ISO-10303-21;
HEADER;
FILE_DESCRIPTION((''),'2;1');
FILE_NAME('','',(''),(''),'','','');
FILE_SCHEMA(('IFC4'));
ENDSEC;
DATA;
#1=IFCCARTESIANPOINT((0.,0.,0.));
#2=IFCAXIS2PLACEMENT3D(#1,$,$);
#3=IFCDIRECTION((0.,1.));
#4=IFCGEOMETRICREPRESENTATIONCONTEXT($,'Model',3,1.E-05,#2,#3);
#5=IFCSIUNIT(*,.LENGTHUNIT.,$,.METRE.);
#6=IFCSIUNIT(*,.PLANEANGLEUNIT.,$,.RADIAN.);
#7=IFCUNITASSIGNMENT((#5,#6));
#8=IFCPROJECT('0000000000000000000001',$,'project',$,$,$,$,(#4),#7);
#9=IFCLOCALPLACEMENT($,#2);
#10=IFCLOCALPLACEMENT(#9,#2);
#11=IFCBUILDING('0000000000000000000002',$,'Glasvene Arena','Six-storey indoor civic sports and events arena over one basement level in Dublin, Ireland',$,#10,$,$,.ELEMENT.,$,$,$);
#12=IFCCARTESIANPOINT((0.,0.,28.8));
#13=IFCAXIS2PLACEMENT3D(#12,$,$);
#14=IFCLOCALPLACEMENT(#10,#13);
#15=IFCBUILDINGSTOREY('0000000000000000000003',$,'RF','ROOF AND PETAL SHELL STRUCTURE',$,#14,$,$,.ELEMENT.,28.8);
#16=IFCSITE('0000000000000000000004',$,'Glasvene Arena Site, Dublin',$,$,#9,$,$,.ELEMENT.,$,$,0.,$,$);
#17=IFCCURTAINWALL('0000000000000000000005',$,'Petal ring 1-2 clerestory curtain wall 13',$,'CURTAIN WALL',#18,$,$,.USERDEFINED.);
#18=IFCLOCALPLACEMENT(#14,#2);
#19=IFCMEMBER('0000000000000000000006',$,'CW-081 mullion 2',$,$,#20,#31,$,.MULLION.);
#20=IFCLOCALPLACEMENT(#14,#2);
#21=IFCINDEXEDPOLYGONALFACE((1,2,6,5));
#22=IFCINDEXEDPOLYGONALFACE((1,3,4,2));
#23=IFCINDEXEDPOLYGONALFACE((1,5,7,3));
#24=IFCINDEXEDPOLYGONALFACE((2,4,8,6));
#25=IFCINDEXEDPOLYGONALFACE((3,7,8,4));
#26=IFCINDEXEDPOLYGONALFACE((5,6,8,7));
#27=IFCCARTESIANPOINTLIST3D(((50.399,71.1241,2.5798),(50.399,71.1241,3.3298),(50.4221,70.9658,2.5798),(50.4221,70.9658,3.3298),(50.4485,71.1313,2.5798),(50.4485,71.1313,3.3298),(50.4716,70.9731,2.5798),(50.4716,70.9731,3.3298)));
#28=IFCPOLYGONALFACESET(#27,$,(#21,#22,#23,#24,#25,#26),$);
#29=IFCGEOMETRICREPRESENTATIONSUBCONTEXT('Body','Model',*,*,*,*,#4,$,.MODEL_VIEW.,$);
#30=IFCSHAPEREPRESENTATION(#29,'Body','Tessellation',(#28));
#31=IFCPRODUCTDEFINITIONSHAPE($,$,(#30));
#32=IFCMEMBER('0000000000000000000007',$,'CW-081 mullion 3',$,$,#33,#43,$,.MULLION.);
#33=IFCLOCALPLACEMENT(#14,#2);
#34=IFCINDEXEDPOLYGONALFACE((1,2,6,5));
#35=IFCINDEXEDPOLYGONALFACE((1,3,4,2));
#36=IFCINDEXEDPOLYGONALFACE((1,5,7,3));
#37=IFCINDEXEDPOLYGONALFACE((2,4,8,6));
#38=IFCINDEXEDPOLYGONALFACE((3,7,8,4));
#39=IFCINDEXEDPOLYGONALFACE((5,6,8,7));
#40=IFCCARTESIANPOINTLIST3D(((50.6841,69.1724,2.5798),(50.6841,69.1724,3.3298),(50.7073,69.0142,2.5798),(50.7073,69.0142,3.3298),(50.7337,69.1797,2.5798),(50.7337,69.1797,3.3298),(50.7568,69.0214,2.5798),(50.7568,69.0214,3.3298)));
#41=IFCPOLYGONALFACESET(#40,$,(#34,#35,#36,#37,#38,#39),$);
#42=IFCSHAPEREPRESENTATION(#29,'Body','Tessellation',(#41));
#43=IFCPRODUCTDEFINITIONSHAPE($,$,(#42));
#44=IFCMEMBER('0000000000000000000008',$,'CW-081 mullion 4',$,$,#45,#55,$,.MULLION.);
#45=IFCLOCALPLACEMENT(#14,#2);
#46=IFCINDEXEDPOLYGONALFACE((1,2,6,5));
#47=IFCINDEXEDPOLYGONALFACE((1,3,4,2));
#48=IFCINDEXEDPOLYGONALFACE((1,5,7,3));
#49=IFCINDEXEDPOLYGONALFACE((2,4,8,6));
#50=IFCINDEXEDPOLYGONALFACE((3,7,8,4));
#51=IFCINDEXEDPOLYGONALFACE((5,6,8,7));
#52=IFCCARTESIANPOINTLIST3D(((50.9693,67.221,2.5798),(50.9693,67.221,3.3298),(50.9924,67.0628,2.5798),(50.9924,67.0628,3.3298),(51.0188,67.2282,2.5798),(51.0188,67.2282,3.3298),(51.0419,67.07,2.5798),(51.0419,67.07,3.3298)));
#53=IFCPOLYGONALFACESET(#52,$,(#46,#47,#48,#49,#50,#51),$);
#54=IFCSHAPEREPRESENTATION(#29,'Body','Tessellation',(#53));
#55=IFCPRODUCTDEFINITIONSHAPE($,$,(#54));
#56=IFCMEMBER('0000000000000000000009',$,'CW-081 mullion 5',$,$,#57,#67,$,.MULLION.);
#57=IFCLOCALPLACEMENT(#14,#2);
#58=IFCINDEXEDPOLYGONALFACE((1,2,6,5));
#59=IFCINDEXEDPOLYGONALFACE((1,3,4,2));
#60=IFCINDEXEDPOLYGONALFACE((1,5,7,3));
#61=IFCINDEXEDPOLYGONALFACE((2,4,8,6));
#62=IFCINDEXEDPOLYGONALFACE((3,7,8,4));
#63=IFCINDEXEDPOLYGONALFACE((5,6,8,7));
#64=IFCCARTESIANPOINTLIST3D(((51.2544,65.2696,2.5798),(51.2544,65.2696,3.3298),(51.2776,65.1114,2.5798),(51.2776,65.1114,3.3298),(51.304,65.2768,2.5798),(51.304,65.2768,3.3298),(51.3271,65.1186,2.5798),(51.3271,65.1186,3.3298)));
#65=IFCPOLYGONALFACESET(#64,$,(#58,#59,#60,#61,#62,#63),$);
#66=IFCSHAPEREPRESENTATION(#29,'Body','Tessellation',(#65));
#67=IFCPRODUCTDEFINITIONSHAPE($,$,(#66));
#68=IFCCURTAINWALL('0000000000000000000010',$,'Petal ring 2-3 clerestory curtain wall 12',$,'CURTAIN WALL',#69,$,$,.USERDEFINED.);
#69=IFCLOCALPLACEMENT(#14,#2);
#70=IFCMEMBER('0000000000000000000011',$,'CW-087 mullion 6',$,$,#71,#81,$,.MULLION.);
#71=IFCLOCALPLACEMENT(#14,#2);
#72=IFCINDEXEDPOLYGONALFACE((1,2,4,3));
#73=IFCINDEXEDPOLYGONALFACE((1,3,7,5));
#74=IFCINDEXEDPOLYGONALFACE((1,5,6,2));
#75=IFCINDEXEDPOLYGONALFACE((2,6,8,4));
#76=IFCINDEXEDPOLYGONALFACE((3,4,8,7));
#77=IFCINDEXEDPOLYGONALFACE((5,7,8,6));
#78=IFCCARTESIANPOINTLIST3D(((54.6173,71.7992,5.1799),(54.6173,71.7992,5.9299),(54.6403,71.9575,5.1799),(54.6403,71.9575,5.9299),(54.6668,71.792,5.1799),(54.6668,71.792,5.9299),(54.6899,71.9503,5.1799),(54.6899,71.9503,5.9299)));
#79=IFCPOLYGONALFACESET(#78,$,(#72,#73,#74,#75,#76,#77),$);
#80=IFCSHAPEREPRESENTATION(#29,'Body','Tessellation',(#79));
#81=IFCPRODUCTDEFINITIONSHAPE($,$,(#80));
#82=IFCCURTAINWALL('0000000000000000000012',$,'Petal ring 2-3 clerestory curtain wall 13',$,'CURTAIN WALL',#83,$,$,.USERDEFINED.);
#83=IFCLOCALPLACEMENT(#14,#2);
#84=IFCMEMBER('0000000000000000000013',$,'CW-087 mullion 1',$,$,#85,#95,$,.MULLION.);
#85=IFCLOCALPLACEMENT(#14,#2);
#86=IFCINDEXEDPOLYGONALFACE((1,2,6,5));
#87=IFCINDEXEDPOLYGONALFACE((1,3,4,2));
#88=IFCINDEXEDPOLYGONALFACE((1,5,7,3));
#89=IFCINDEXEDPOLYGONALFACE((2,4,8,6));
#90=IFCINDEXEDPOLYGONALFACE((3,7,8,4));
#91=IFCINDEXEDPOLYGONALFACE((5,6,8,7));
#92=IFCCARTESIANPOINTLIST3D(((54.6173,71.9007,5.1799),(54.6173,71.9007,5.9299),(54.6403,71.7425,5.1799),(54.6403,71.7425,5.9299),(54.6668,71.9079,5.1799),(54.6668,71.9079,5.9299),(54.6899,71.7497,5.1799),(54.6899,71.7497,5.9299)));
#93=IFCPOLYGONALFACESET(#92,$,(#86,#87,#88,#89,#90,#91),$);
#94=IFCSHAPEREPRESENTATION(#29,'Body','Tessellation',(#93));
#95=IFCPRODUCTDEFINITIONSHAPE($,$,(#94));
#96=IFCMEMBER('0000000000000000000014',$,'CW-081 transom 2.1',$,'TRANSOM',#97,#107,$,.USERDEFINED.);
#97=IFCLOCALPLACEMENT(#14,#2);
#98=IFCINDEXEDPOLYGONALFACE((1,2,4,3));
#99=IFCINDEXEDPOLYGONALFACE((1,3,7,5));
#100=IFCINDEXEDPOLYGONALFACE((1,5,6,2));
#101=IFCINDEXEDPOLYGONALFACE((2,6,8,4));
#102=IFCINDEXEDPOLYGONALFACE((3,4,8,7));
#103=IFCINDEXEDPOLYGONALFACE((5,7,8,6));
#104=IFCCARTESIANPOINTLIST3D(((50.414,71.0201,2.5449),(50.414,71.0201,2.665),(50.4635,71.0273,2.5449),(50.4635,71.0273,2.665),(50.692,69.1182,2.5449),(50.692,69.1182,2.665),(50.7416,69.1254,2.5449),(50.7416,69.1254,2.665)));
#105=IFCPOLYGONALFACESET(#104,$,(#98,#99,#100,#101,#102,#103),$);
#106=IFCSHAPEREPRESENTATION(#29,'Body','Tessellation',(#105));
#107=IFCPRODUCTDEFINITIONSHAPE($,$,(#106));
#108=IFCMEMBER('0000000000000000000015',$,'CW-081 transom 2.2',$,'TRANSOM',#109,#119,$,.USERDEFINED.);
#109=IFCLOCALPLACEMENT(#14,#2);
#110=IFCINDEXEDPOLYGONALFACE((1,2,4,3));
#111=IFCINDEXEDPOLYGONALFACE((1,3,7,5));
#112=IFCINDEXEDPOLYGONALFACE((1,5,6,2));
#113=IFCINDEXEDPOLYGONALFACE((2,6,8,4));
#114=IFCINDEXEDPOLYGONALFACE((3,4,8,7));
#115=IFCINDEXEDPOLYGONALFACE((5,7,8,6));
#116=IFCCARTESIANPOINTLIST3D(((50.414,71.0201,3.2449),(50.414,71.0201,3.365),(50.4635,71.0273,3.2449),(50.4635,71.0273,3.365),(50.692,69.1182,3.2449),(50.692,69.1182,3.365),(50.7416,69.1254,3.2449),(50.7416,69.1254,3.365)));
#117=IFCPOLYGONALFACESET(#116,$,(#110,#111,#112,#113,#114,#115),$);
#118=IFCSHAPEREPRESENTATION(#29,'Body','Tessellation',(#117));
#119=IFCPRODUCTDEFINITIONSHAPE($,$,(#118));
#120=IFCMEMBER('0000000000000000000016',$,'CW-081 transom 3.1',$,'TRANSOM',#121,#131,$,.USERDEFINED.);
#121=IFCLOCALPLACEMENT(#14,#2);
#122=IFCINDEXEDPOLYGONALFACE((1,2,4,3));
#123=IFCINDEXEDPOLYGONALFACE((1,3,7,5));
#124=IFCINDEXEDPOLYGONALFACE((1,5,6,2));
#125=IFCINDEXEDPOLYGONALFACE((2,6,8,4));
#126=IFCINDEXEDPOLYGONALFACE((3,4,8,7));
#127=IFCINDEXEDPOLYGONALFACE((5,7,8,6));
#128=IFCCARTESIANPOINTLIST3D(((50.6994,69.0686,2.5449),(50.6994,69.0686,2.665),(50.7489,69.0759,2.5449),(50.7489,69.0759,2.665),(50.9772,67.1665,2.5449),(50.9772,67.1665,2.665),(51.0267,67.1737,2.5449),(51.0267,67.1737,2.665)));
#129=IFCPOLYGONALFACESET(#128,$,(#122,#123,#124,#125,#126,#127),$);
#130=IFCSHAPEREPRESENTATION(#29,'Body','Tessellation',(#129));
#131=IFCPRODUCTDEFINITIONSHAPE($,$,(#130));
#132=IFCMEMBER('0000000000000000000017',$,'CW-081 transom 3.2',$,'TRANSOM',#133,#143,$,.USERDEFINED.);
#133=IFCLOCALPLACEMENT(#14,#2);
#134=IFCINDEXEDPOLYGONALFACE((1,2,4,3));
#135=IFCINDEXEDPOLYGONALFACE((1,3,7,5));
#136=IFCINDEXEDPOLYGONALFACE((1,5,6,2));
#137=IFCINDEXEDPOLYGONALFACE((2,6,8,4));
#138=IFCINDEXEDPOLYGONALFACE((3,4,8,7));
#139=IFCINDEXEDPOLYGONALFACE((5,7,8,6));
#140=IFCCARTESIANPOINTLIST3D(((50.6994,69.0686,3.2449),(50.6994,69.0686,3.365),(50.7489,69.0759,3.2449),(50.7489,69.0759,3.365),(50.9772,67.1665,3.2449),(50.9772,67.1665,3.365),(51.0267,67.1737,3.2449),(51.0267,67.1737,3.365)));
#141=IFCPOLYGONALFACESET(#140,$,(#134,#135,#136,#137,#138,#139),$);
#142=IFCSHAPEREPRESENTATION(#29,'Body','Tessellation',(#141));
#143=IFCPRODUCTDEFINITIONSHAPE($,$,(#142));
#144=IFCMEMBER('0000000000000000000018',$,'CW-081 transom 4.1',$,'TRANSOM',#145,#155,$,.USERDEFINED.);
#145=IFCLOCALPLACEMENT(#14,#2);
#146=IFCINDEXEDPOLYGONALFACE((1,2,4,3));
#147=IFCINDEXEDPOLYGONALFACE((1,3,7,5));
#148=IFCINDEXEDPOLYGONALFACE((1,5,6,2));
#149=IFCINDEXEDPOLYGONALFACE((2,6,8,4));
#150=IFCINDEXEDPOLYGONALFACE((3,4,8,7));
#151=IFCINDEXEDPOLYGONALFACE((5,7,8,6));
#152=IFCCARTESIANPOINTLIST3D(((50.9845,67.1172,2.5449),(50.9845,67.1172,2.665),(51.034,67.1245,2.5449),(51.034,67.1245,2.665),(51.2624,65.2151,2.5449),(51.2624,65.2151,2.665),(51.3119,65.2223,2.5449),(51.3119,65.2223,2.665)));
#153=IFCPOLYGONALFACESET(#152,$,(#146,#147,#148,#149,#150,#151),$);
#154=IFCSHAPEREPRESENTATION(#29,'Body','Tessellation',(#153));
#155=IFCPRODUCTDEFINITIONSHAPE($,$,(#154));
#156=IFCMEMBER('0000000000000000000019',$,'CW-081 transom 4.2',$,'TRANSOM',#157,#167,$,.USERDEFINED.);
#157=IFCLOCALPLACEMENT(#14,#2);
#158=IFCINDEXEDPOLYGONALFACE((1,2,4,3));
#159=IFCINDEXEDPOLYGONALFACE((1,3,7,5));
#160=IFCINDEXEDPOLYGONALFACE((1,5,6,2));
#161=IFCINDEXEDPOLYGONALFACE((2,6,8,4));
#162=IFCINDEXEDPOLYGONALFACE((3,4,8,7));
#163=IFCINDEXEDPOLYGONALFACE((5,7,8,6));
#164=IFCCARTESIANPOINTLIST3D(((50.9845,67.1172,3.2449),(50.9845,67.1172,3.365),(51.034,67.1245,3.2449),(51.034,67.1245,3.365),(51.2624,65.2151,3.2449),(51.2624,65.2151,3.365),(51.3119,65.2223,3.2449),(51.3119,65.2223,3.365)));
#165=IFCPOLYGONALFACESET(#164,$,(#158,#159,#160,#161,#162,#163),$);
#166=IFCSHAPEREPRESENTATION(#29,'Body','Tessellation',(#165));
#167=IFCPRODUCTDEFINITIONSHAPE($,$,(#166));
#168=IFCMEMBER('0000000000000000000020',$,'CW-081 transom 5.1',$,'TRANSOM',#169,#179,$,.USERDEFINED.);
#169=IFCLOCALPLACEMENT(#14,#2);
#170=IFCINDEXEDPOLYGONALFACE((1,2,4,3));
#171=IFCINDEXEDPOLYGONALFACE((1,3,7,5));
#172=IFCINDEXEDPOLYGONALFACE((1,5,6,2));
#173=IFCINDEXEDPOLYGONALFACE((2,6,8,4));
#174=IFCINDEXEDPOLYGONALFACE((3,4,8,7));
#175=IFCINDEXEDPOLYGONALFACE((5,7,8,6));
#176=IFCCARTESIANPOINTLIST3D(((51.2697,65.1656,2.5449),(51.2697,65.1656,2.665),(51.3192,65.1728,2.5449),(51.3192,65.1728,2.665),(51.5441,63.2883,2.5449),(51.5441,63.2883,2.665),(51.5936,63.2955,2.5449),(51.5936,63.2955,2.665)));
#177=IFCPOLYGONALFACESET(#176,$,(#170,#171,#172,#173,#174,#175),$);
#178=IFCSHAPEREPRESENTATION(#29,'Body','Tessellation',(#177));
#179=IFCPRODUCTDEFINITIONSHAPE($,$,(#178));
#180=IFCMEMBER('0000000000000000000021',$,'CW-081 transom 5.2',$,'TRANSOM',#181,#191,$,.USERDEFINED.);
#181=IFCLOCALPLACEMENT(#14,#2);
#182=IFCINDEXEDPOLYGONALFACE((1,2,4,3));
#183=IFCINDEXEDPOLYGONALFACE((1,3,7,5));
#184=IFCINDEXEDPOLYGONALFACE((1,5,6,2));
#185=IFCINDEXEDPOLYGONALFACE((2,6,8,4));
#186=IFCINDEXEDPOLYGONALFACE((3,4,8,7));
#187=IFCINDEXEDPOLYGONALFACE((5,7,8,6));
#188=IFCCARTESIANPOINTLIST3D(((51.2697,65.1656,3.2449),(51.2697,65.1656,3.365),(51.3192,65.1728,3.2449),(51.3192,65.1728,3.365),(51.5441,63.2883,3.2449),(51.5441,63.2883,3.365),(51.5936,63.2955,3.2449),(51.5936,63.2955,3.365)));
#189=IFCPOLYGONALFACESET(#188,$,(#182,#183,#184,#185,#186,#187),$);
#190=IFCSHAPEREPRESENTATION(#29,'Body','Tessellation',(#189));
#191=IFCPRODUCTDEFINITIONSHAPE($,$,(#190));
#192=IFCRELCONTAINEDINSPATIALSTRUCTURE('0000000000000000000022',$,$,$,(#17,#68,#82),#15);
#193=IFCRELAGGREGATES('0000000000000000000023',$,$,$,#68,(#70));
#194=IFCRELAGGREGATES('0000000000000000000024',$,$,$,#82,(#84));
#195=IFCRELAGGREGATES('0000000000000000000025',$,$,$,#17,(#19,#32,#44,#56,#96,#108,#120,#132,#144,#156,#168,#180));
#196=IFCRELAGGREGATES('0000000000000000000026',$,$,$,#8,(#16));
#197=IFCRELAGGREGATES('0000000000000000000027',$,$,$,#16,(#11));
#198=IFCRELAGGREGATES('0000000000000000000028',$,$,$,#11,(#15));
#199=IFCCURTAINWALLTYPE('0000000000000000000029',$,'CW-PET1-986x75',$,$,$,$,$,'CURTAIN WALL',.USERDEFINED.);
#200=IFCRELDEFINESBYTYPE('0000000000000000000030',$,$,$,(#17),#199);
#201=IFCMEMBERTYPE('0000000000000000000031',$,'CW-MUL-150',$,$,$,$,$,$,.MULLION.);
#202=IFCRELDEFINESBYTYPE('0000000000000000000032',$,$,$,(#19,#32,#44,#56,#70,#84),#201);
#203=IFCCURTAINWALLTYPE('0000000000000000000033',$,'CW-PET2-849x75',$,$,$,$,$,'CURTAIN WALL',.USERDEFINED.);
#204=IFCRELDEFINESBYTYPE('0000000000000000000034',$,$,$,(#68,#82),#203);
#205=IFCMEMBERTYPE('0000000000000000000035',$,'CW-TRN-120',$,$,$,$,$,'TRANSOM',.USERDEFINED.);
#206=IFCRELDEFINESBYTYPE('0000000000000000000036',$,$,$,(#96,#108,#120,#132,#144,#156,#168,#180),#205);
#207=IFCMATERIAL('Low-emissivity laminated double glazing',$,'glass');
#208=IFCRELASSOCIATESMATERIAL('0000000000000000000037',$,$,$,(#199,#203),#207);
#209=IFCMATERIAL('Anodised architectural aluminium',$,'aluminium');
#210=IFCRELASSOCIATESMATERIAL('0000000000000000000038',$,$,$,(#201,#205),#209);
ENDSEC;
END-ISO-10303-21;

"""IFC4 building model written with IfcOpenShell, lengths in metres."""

from ifc_helpers import new_model, si_unit, direction, frame, origin, origin_2d, place, context, subcontext, project, spatial, rectangle, extrude, material, material_profile, profile_set, type_object, element, aggregate, save


model = new_model("IFC4")

# Units and contexts
model_context = context("Model", 3, precision=1e-05, world=origin(), true_north=direction((0.0, 1.0)))
body_context = subcontext(model_context, "Body", "Model", "MODEL_VIEW")
ifc_project = project(units=[si_unit("LENGTHUNIT", "METRE"), si_unit("PLANEANGLEUNIT", "RADIAN")], contexts=[model_context])

# Site, building, storey
site_placement = place(None, origin())
site = spatial("IfcSite", under=ifc_project, at=site_placement, Name="Glasvene Arena Site, Dublin", CompositionType="ELEMENT", RefElevation=0.0)
building_placement = place(site_placement, origin())
building = spatial("IfcBuilding", under=site, at=building_placement, Name="Glasvene Arena", Description="Six-storey indoor civic sports and events arena over one basement level in Dublin, Ireland", CompositionType="ELEMENT")
storey_placement = place(building_placement, frame((0.0, 0.0, 28.8)))
storey = spatial("IfcBuildingStorey", under=building, at=storey_placement, Name="RF", Description="ROOF AND PETAL SHELL STRUCTURE", CompositionType="ELEMENT", Elevation=28.8)

# Curtain wall, members
ifc_material_1 = material(Name="Low-emissivity laminated double glazing", Category="glass")
curtain_wall_type_1 = type_object("IfcCurtainWallType", Name="CW-PET1-986x75", ElementType="CURTAIN WALL", PredefinedType="USERDEFINED", material=ifc_material_1)
curtain_wall_1_placement = place(storey_placement, frame((50.1499, 73.0, 0.0)))
curtain_wall_1 = element("IfcCurtainWall", 1, at=curtain_wall_1_placement, inside=storey, type_object=curtain_wall_type_1, Name="Petal ring 1-2 clerestory curtain wall 13", ObjectType="CURTAIN WALL", PredefinedType="USERDEFINED")
ifc_material_2 = material(Name="Anodised architectural aluminium", Category="aluminium")
ifc_material_profile_1 = material_profile(ifc_material_2, rectangle(XDim=0.05, YDim=0.1599, at=origin_2d()), Name="ALU MULLION 50x160")
ifc_profile_set_1 = profile_set([ifc_material_profile_1], Name="Anodised architectural aluminium")
member_type_1 = type_object("IfcMemberType", Name="CW-MUL-150", PredefinedType="MULLION", material=ifc_profile_set_1)
member_1_placement = place(storey_placement, frame((50.4353, 71.0486, 2.5798), z_axis=(0.0, 0.0, 1.0), x_axis=(0.989489, 0.144608, 0.0)))
member_1 = element("IfcMember", 2, at=member_1_placement, type_object=member_type_1, Name="CW-081 mullion 2", PredefinedType="MULLION", context=body_context, shape_type="SweptSolid", body=[
    extrude(rectangle(XDim=0.05, YDim=0.1599, at=origin_2d()), origin(), (0.0, 0.0, 1.0), 0.75),
])
member_2_placement = place(storey_placement, frame((50.7205, 69.0969, 2.5798), z_axis=(0.0, 0.0, 1.0), x_axis=(0.989489, 0.144608, 0.0)))
member_2 = element("IfcMember", 3, at=member_2_placement, type_object=member_type_1, Name="CW-081 mullion 3", PredefinedType="MULLION", context=body_context, shape_type="SweptSolid", body=[
    extrude(rectangle(XDim=0.05, YDim=0.1599, at=origin_2d()), origin(), (0.0, 0.0, 1.0), 0.75),
])
member_3_placement = place(storey_placement, frame((51.0056, 67.1455, 2.5798), z_axis=(0.0, 0.0, 1.0), x_axis=(0.989489, 0.144608, 0.0)))
member_3 = element("IfcMember", 4, at=member_3_placement, type_object=member_type_1, Name="CW-081 mullion 4", PredefinedType="MULLION", context=body_context, shape_type="SweptSolid", body=[
    extrude(rectangle(XDim=0.05, YDim=0.1599, at=origin_2d()), origin(), (0.0, 0.0, 1.0), 0.75),
])
member_4_placement = place(storey_placement, frame((51.2908, 65.1941, 2.5798), z_axis=(0.0, 0.0, 1.0), x_axis=(0.989489, 0.144608, 0.0)))
member_4 = element("IfcMember", 5, at=member_4_placement, type_object=member_type_1, Name="CW-081 mullion 5", PredefinedType="MULLION", context=body_context, shape_type="SweptSolid", body=[
    extrude(rectangle(XDim=0.05, YDim=0.1599, at=origin_2d()), origin(), (0.0, 0.0, 1.0), 0.75),
])

# Curtain walls, members
curtain_wall_type_2 = type_object("IfcCurtainWallType", Name="CW-PET2-849x75", ElementType="CURTAIN WALL", PredefinedType="USERDEFINED", material=ifc_material_1)
curtain_wall_2_placement = place(storey_placement, frame((55.8733, 80.2488, 0.0)))
curtain_wall_2 = element("IfcCurtainWall", 6, at=curtain_wall_2_placement, inside=storey, type_object=curtain_wall_type_2, Name="Petal ring 2-3 clerestory curtain wall 12", ObjectType="CURTAIN WALL", PredefinedType="USERDEFINED")
member_5_placement = place(storey_placement, frame((54.6536, 71.8748, 5.1799), z_axis=(0.0, 0.0, 1.0), x_axis=(0.989558, -0.144133, 0.0)))
member_5 = element("IfcMember", 7, at=member_5_placement, type_object=member_type_1, Name="CW-087 mullion 6", PredefinedType="MULLION", context=body_context, shape_type="SweptSolid", body=[
    extrude(rectangle(XDim=0.05, YDim=0.1599, at=origin_2d()), origin(), (0.0, 0.0, 1.0), 0.75),
])
aggregate(curtain_wall_2, [member_5])
curtain_wall_3_placement = place(storey_placement, frame((54.6499, 71.8501, 0.0)))
curtain_wall_3 = element("IfcCurtainWall", 8, at=curtain_wall_3_placement, inside=storey, type_object=curtain_wall_type_2, Name="Petal ring 2-3 clerestory curtain wall 13", ObjectType="CURTAIN WALL", PredefinedType="USERDEFINED")
member_6_placement = place(storey_placement, frame((54.6536, 71.8252, 5.1799), z_axis=(0.0, 0.0, 1.0), x_axis=(0.989558, 0.144133, 0.0)))
member_6 = element("IfcMember", 9, at=member_6_placement, type_object=member_type_1, Name="CW-087 mullion 1", PredefinedType="MULLION", context=body_context, shape_type="SweptSolid", body=[
    extrude(rectangle(XDim=0.05, YDim=0.1599, at=origin_2d()), origin(), (0.0, 0.0, 1.0), 0.75),
])

# Members
ifc_material_profile_2 = material_profile(ifc_material_2, rectangle(XDim=0.05, YDim=0.1201, at=origin_2d()), Name="ALU TRANSOM 50x120")
ifc_profile_set_2 = profile_set([ifc_material_profile_2], Name="Anodised architectural aluminium")
member_type_2 = type_object("IfcMemberType", Name="CW-TRN-120", ElementType="TRANSOM", PredefinedType="USERDEFINED", material=ifc_profile_set_2)
member_7_placement = place(storey_placement, frame((50.4387, 71.0237, 2.605), z_axis=(0.144675, -0.989479, 0.0), x_axis=(0.989479, 0.144675, 0.0)))
member_7 = element("IfcMember", 10, at=member_7_placement, type_object=member_type_2, Name="CW-081 transom 2.1", ObjectType="TRANSOM", PredefinedType="USERDEFINED", context=body_context, shape_type="SweptSolid", body=[
    extrude(rectangle(XDim=0.05, YDim=0.1201, at=origin_2d()), origin(), (0.0, 0.0, 1.0), 1.9221),
])
member_8_placement = place(storey_placement, frame((50.4387, 71.0237, 3.3049), z_axis=(0.144675, -0.989479, 0.0), x_axis=(0.989479, 0.144675, 0.0)))
member_8 = element("IfcMember", 11, at=member_8_placement, type_object=member_type_2, Name="CW-081 transom 2.2", ObjectType="TRANSOM", PredefinedType="USERDEFINED", context=body_context, shape_type="SweptSolid", body=[
    extrude(rectangle(XDim=0.05, YDim=0.1201, at=origin_2d()), origin(), (0.0, 0.0, 1.0), 1.9221),
])
member_9_placement = place(storey_placement, frame((50.7241, 69.0723, 2.605), z_axis=(0.144532, -0.9895, 0.0), x_axis=(0.9895, 0.144532, 0.0)))
member_9 = element("IfcMember", 12, at=member_9_placement, type_object=member_type_2, Name="CW-081 transom 3.1", ObjectType="TRANSOM", PredefinedType="USERDEFINED", context=body_context, shape_type="SweptSolid", body=[
    extrude(rectangle(XDim=0.05, YDim=0.1201, at=origin_2d()), origin(), (0.0, 0.0, 1.0), 1.9224),
])
member_10_placement = place(storey_placement, frame((50.7241, 69.0723, 3.3049), z_axis=(0.144532, -0.9895, 0.0), x_axis=(0.9895, 0.144532, 0.0)))
member_10 = element("IfcMember", 13, at=member_10_placement, type_object=member_type_2, Name="CW-081 transom 3.2", ObjectType="TRANSOM", PredefinedType="USERDEFINED", context=body_context, shape_type="SweptSolid", body=[
    extrude(rectangle(XDim=0.05, YDim=0.1201, at=origin_2d()), origin(), (0.0, 0.0, 1.0), 1.9224),
])
member_11_placement = place(storey_placement, frame((51.0093, 67.1208, 2.605), z_axis=(0.144532, -0.9895, 0.0), x_axis=(0.9895, 0.144532, 0.0)))
member_11 = element("IfcMember", 14, at=member_11_placement, type_object=member_type_2, Name="CW-081 transom 4.1", ObjectType="TRANSOM", PredefinedType="USERDEFINED", context=body_context, shape_type="SweptSolid", body=[
    extrude(rectangle(XDim=0.05, YDim=0.1201, at=origin_2d()), origin(), (0.0, 0.0, 1.0), 1.9224),
])
member_12_placement = place(storey_placement, frame((51.0093, 67.1208, 3.3049), z_axis=(0.144532, -0.9895, 0.0), x_axis=(0.9895, 0.144532, 0.0)))
member_12 = element("IfcMember", 15, at=member_12_placement, type_object=member_type_2, Name="CW-081 transom 4.2", ObjectType="TRANSOM", PredefinedType="USERDEFINED", context=body_context, shape_type="SweptSolid", body=[
    extrude(rectangle(XDim=0.05, YDim=0.1201, at=origin_2d()), origin(), (0.0, 0.0, 1.0), 1.9224),
])
member_13_placement = place(storey_placement, frame((51.2944, 65.1692, 2.605), z_axis=(0.144646, -0.989484, 0.0), x_axis=(0.989484, 0.144646, 0.0)))
member_13 = element("IfcMember", 16, at=member_13_placement, type_object=member_type_2, Name="CW-081 transom 5.1", ObjectType="TRANSOM", PredefinedType="USERDEFINED", context=body_context, shape_type="SweptSolid", body=[
    extrude(rectangle(XDim=0.05, YDim=0.1201, at=origin_2d()), origin(), (0.0, 0.0, 1.0), 1.8972),
])
member_14_placement = place(storey_placement, frame((51.2944, 65.1692, 3.3049), z_axis=(0.144646, -0.989484, 0.0), x_axis=(0.989484, 0.144646, 0.0)))
member_14 = element("IfcMember", 17, at=member_14_placement, type_object=member_type_2, Name="CW-081 transom 5.2", ObjectType="TRANSOM", PredefinedType="USERDEFINED", context=body_context, shape_type="SweptSolid", body=[
    extrude(rectangle(XDim=0.05, YDim=0.1201, at=origin_2d()), origin(), (0.0, 0.0, 1.0), 1.8972),
])
aggregate(curtain_wall_3, [member_6])

aggregate(curtain_wall_1, [member_1, member_2, member_3, member_4, member_7, member_8, member_9, member_10, member_11, member_12, member_13, member_14])

save(model, "model.ifc")
